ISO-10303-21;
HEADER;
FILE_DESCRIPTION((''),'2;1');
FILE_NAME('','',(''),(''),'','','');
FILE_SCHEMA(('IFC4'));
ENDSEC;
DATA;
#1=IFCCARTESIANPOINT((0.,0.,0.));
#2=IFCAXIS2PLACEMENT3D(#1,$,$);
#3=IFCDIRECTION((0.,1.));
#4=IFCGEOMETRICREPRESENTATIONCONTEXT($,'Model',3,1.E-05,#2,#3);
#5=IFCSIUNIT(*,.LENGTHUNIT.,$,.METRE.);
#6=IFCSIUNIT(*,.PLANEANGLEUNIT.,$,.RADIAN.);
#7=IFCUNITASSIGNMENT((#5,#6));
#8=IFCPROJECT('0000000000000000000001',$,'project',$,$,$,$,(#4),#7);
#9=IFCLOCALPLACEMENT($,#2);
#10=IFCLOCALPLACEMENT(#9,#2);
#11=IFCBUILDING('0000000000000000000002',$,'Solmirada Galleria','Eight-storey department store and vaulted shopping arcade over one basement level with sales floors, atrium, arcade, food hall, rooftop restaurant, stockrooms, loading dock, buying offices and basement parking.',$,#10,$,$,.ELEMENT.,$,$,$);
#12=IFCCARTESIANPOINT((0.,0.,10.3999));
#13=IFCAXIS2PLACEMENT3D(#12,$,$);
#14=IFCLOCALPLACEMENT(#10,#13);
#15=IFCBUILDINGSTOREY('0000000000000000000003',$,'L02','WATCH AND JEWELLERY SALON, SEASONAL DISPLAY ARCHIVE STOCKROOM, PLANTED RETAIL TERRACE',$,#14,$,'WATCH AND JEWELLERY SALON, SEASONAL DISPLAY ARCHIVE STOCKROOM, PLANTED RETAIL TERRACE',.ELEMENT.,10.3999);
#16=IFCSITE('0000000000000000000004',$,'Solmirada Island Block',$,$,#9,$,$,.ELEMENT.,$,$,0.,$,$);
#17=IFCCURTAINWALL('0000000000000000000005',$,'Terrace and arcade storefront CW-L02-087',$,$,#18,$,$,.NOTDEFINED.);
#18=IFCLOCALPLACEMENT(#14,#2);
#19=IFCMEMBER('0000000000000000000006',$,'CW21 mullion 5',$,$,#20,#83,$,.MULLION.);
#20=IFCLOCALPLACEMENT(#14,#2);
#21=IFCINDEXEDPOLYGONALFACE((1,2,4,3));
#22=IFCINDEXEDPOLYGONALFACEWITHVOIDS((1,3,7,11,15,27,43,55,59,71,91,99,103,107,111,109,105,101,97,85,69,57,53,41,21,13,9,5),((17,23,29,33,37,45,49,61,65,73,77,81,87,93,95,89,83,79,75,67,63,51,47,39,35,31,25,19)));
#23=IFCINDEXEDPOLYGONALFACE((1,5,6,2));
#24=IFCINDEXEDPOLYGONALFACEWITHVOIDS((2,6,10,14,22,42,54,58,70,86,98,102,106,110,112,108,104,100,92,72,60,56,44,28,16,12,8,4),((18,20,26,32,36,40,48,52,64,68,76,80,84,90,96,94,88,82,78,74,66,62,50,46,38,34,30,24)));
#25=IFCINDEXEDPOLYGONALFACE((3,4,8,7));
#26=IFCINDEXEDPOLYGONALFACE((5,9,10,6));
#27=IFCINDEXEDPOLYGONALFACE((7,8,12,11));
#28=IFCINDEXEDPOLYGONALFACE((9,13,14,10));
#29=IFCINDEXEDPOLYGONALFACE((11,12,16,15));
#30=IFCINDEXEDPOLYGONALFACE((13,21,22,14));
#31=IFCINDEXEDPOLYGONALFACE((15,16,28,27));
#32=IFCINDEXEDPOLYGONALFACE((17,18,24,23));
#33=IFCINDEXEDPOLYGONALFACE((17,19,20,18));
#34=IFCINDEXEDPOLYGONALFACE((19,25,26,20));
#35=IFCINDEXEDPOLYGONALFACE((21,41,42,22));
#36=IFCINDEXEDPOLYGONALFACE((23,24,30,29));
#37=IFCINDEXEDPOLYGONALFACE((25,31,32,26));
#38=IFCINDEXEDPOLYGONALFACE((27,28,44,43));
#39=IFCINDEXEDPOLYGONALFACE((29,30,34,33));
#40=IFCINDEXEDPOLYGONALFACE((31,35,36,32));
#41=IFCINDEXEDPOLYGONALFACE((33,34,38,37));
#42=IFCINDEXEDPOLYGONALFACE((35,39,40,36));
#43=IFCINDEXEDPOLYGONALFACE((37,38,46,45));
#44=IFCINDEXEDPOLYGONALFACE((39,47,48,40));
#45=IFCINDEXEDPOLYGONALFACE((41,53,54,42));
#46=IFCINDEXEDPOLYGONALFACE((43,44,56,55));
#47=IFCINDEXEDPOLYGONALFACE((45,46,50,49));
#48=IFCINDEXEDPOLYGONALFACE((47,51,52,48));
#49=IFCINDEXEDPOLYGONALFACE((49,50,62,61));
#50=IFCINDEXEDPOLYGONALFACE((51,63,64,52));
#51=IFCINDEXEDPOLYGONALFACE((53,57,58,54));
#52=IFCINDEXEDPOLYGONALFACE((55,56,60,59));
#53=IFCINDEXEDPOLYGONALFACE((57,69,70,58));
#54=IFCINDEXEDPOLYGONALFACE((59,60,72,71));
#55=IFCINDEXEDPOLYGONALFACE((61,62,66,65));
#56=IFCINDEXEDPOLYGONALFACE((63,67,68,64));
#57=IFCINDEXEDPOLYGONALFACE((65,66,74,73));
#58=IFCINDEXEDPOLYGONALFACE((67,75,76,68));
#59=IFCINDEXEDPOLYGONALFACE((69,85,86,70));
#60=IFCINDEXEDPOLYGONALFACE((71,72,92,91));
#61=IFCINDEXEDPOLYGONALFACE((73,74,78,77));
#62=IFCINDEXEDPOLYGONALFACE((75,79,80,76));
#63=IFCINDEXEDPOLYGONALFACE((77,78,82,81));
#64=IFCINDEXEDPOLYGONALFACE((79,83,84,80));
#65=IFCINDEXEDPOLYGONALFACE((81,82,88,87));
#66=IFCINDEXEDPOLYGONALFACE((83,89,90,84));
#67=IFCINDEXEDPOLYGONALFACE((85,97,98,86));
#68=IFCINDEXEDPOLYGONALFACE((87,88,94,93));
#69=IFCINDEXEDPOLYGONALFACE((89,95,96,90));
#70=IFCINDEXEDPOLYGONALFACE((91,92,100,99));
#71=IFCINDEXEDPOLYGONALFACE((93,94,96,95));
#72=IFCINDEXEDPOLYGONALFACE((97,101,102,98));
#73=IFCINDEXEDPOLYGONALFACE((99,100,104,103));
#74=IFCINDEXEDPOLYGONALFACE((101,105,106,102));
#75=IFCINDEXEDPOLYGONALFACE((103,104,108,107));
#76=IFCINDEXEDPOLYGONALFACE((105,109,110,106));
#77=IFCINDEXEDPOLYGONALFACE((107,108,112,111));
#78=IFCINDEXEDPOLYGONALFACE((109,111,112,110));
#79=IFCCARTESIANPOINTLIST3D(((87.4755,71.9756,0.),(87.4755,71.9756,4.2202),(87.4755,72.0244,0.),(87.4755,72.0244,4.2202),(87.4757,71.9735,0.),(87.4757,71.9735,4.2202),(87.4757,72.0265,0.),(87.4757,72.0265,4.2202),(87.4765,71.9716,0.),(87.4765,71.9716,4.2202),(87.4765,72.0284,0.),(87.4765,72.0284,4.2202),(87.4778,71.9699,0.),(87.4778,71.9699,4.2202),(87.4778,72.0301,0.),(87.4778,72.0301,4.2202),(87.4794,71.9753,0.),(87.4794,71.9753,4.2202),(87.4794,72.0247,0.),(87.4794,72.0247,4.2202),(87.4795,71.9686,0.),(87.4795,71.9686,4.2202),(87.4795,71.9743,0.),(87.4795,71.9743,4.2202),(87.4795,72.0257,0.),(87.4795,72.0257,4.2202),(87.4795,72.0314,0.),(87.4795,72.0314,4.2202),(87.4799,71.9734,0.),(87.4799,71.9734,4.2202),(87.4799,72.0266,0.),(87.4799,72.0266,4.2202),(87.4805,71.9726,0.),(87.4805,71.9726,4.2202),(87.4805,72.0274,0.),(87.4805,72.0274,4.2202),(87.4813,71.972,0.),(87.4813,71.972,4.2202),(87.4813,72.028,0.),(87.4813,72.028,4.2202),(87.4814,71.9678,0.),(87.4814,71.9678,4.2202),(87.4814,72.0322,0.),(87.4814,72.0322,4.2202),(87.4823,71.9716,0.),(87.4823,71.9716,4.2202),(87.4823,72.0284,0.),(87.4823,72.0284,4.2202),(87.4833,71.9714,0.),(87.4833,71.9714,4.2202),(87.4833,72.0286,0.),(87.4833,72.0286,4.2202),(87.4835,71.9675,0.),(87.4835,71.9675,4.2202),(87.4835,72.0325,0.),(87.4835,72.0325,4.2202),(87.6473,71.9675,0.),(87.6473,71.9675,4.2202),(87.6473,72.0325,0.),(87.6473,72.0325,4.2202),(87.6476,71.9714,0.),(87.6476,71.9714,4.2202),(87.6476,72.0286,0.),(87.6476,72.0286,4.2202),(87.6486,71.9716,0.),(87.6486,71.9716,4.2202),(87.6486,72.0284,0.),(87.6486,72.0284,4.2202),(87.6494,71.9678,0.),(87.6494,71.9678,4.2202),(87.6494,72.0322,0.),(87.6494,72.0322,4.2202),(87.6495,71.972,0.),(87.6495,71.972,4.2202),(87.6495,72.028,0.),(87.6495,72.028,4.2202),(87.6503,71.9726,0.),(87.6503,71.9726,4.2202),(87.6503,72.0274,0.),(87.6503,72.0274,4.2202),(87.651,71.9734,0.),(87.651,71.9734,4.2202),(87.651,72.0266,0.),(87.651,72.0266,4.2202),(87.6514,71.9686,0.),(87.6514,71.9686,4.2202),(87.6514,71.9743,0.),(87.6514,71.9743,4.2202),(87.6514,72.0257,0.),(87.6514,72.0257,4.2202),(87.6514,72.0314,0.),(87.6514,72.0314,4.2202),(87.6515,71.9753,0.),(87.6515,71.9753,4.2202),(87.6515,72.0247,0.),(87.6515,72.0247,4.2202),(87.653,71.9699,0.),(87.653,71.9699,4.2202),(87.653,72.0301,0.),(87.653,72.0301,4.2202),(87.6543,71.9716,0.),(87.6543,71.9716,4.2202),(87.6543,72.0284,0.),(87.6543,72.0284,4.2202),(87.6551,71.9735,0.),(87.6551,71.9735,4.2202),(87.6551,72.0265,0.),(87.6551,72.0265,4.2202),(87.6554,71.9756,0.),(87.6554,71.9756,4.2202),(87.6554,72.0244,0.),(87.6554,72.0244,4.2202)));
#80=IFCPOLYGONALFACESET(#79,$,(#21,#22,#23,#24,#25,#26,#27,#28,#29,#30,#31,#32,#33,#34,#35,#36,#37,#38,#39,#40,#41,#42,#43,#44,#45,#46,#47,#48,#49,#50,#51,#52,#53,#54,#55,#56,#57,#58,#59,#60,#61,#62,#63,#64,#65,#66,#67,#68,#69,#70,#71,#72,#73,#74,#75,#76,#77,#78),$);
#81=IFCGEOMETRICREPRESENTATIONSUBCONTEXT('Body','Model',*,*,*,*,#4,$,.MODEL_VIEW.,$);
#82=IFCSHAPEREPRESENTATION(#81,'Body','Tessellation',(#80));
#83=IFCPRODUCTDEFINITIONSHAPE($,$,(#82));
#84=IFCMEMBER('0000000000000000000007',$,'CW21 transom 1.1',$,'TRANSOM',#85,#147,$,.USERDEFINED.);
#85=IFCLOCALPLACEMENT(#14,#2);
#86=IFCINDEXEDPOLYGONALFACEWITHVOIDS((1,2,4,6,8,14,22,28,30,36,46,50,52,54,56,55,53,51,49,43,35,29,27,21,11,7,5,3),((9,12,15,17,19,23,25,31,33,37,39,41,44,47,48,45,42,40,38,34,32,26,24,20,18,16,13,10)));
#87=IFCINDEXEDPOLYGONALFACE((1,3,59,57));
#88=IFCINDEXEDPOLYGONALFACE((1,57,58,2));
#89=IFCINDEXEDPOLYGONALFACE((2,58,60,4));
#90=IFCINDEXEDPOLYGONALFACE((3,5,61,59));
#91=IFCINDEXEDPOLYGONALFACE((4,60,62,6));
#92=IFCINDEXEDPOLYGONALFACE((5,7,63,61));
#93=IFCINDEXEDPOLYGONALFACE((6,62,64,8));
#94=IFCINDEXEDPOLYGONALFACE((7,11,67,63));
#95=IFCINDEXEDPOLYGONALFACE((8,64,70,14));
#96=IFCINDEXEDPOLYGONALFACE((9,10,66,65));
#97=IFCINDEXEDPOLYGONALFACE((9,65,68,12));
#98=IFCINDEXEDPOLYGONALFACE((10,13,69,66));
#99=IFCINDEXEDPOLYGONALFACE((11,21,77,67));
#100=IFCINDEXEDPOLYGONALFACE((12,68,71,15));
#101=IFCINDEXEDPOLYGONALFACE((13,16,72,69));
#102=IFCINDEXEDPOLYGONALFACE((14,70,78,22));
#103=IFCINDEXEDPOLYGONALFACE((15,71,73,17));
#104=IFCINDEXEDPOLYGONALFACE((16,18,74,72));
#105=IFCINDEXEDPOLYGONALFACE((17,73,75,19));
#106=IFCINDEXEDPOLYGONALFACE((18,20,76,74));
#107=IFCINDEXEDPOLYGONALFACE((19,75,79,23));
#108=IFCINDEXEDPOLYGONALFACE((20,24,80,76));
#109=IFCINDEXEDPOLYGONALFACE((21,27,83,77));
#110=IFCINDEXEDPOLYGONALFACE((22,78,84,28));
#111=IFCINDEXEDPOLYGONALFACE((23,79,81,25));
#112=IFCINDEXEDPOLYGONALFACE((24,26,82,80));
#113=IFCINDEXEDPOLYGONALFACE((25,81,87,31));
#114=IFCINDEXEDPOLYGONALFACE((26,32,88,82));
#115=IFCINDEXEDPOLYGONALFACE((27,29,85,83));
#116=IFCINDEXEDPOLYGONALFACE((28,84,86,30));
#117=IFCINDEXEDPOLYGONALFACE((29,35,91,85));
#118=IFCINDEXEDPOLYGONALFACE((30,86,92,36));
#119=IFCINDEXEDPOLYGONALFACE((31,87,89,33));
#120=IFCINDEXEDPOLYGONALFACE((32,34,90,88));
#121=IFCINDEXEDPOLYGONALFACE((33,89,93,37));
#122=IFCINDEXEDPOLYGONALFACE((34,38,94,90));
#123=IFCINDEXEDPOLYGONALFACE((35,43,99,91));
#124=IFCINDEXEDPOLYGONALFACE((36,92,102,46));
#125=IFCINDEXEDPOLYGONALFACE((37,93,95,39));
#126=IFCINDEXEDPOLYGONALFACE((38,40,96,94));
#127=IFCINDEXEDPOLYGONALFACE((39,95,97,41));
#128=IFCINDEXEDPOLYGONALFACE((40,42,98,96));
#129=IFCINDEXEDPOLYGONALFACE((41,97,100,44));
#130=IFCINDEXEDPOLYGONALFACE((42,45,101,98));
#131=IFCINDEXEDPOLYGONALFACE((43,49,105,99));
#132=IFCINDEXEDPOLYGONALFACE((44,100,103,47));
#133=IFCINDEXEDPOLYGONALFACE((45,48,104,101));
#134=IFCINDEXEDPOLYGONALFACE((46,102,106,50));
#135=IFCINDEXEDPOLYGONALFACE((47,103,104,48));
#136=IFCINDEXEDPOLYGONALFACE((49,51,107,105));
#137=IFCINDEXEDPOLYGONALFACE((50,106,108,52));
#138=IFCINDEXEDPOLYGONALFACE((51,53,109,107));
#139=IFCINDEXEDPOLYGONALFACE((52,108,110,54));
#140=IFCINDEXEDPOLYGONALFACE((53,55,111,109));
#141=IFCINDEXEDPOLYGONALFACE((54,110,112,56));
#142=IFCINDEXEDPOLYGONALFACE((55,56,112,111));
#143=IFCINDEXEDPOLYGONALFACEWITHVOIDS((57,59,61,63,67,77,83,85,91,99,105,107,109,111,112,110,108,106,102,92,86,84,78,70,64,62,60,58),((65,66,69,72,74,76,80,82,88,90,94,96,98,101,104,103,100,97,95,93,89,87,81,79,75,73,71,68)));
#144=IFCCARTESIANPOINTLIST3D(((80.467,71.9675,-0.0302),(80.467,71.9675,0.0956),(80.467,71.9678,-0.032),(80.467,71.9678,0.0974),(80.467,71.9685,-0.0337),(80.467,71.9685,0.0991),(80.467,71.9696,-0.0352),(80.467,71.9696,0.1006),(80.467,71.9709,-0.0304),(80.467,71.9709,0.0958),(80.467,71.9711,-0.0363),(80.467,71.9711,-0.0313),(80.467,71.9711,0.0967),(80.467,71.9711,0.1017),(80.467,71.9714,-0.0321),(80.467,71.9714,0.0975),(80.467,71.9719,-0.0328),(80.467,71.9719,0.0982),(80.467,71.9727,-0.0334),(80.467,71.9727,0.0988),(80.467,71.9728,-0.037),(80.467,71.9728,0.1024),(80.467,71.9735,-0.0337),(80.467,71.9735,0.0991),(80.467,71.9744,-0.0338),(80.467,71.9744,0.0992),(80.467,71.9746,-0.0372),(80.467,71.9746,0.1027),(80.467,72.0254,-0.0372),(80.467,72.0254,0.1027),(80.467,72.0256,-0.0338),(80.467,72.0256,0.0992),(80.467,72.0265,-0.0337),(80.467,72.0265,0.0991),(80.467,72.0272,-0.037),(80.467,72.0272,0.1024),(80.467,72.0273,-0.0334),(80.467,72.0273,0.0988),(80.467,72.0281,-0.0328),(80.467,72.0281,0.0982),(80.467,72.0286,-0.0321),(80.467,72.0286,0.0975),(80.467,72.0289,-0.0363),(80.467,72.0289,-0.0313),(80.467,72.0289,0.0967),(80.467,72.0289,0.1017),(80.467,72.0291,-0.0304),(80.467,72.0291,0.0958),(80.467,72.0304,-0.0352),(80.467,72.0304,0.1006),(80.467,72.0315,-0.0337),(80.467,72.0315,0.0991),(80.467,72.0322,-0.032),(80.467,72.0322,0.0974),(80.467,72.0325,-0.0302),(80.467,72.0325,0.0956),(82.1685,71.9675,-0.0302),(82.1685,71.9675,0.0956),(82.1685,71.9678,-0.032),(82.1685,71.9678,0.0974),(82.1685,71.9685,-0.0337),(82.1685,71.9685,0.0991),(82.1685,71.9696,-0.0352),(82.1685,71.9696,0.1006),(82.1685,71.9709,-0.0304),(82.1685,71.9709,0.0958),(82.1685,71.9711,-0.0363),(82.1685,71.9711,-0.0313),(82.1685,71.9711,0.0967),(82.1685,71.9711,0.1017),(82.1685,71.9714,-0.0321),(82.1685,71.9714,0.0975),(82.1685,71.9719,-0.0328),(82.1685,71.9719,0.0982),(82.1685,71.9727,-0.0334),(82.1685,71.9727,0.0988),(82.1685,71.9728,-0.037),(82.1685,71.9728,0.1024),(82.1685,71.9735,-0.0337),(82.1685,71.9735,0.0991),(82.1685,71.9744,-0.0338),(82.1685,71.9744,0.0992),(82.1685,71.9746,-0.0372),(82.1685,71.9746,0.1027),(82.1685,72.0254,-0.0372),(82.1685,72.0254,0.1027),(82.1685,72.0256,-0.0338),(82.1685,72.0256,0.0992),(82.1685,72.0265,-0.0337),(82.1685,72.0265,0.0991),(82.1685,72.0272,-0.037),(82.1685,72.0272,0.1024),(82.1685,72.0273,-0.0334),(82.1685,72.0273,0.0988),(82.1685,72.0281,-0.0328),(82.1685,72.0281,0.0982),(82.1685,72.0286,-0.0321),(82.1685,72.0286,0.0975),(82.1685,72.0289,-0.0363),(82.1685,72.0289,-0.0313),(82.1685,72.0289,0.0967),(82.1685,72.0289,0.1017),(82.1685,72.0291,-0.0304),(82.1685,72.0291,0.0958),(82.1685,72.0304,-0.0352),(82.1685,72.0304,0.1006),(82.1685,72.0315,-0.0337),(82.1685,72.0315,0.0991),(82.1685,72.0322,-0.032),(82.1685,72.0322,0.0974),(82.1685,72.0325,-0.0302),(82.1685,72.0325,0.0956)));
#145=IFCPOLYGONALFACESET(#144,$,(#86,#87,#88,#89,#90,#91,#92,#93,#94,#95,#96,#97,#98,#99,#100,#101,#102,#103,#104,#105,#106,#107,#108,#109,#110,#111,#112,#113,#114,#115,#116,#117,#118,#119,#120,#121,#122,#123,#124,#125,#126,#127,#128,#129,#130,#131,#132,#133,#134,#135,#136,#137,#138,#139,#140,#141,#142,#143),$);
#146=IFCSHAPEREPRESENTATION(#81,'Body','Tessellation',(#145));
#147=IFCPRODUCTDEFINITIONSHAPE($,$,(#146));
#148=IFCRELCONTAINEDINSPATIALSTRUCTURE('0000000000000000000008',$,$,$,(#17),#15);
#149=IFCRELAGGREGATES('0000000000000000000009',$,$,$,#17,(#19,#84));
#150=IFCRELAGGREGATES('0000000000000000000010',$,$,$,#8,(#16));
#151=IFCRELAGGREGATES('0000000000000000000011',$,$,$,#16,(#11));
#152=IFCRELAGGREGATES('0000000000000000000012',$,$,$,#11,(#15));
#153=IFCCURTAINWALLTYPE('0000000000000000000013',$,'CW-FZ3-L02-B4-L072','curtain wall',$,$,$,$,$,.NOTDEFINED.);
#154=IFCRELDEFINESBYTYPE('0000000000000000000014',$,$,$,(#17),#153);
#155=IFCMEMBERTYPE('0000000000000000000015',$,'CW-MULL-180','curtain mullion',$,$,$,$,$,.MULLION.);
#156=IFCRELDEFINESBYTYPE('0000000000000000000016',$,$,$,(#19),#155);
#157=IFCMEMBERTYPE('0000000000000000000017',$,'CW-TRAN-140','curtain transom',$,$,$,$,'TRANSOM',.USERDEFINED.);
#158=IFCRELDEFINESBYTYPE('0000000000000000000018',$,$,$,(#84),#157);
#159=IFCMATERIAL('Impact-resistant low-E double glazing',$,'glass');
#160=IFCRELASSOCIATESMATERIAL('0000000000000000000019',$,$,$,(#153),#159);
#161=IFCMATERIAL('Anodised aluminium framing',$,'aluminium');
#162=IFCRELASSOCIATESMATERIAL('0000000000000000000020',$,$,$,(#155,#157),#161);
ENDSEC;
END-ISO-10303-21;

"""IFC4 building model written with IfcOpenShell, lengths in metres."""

from ifc_helpers import new_model, si_unit, direction, frame, origin, origin_2d, place, context, subcontext, project, spatial, hollow_rectangle, extrude, material, material_profile, profile_set, type_object, element, aggregate, save


model = new_model("IFC4")

# Units and contexts
model_context = context("Model", 3, precision=1e-05, world=origin(), true_north=direction((0.0, 1.0)))
body_context = subcontext(model_context, "Body", "Model", "MODEL_VIEW")
ifc_project = project(units=[si_unit("LENGTHUNIT", "METRE"), si_unit("PLANEANGLEUNIT", "RADIAN")], contexts=[model_context])

# Site, building, storey
site_placement = place(None, origin())
site = spatial("IfcSite", under=ifc_project, at=site_placement, Name="Solmirada Island Block", CompositionType="ELEMENT", RefElevation=0.0)
building_placement = place(site_placement, origin())
building = spatial("IfcBuilding", under=site, at=building_placement, Name="Solmirada Galleria", Description="Eight-storey department store and vaulted shopping arcade over one basement level with sales floors, atrium, arcade, food hall, rooftop restaurant, stockrooms, loading dock, buying offices and basement parking.", CompositionType="ELEMENT")
storey_placement = place(building_placement, frame((0.0, 0.0, 10.3999)))
storey = spatial("IfcBuildingStorey", under=building, at=storey_placement, Name="L02", Description="WATCH AND JEWELLERY SALON, SEASONAL DISPLAY ARCHIVE STOCKROOM, PLANTED RETAIL TERRACE", LongName="WATCH AND JEWELLERY SALON, SEASONAL DISPLAY ARCHIVE STOCKROOM, PLANTED RETAIL TERRACE", CompositionType="ELEMENT", Elevation=10.3999)

# Curtain wall, members
ifc_material_1 = material(Name="Impact-resistant low-E double glazing", Category="glass")
curtain_wall_type = type_object("IfcCurtainWallType", Name="CW-FZ3-L02-B4-L072", Description="curtain wall", PredefinedType="NOTDEFINED", material=ifc_material_1)
curtain_wall_placement = place(storey_placement, origin())
curtain_wall = element("IfcCurtainWall", 1, at=curtain_wall_placement, inside=storey, type_object=curtain_wall_type, Name="Terrace and arcade storefront CW-L02-087", PredefinedType="NOTDEFINED")
ifc_material_2 = material(Name="Anodised aluminium framing", Category="aluminium")
ifc_material_profile_1 = material_profile(ifc_material_2, hollow_rectangle(XDim=0.0649, YDim=0.1799, WallThickness=0.0039, InnerFilletRadius=0.0039, OuterFilletRadius=0.0081, at=origin_2d()), Name="ALU-MULL-180X65")
ifc_profile_set_1 = profile_set([ifc_material_profile_1], Name="Anodised aluminium framing")
member_type_1 = type_object("IfcMemberType", Name="CW-MULL-180", Description="curtain mullion", PredefinedType="MULLION", material=ifc_profile_set_1)
member_1_placement = place(storey_placement, frame((87.5654, 72.0, 0.0), z_axis=(0.0, 0.0, 1.0), x_axis=(0.0, 1.0, 0.0)))
member_1 = element("IfcMember", 2, at=member_1_placement, type_object=member_type_1, Name="CW21 mullion 5", PredefinedType="MULLION", context=body_context, shape_type="SweptSolid", body=[
    extrude(hollow_rectangle(XDim=0.0649, YDim=0.1799, WallThickness=0.0039, InnerFilletRadius=0.0039, OuterFilletRadius=0.0081, at=origin_2d()), origin(), (0.0, 0.0, 1.0), 4.2202),
])
ifc_material_profile_2 = material_profile(ifc_material_2, hollow_rectangle(XDim=0.0649, YDim=0.1399, WallThickness=0.0034, InnerFilletRadius=0.0034, OuterFilletRadius=0.0071, at=origin_2d()), Name="ALU-TRAN-140X65")
ifc_profile_set_2 = profile_set([ifc_material_profile_2], Name="Anodised aluminium framing")
member_type_2 = type_object("IfcMemberType", Name="CW-TRAN-140", Description="curtain transom", ElementType="TRANSOM", PredefinedType="USERDEFINED", material=ifc_profile_set_2)
member_2_placement = place(storey_placement, frame((80.467, 72.0, 0.0327), z_axis=(1.0, 0.0, 0.0), x_axis=(0.0, 1.0, 0.0)))
member_2 = element("IfcMember", 3, at=member_2_placement, type_object=member_type_2, Name="CW21 transom 1.1", ObjectType="TRANSOM", PredefinedType="USERDEFINED", context=body_context, shape_type="SweptSolid", body=[
    extrude(hollow_rectangle(XDim=0.0649, YDim=0.1399, WallThickness=0.0034, InnerFilletRadius=0.0034, OuterFilletRadius=0.0071, at=origin_2d()), origin(), (0.0, 0.0, 1.0), 1.7014),
])
aggregate(curtain_wall, [member_1, member_2])

save(model, "model.ifc")
